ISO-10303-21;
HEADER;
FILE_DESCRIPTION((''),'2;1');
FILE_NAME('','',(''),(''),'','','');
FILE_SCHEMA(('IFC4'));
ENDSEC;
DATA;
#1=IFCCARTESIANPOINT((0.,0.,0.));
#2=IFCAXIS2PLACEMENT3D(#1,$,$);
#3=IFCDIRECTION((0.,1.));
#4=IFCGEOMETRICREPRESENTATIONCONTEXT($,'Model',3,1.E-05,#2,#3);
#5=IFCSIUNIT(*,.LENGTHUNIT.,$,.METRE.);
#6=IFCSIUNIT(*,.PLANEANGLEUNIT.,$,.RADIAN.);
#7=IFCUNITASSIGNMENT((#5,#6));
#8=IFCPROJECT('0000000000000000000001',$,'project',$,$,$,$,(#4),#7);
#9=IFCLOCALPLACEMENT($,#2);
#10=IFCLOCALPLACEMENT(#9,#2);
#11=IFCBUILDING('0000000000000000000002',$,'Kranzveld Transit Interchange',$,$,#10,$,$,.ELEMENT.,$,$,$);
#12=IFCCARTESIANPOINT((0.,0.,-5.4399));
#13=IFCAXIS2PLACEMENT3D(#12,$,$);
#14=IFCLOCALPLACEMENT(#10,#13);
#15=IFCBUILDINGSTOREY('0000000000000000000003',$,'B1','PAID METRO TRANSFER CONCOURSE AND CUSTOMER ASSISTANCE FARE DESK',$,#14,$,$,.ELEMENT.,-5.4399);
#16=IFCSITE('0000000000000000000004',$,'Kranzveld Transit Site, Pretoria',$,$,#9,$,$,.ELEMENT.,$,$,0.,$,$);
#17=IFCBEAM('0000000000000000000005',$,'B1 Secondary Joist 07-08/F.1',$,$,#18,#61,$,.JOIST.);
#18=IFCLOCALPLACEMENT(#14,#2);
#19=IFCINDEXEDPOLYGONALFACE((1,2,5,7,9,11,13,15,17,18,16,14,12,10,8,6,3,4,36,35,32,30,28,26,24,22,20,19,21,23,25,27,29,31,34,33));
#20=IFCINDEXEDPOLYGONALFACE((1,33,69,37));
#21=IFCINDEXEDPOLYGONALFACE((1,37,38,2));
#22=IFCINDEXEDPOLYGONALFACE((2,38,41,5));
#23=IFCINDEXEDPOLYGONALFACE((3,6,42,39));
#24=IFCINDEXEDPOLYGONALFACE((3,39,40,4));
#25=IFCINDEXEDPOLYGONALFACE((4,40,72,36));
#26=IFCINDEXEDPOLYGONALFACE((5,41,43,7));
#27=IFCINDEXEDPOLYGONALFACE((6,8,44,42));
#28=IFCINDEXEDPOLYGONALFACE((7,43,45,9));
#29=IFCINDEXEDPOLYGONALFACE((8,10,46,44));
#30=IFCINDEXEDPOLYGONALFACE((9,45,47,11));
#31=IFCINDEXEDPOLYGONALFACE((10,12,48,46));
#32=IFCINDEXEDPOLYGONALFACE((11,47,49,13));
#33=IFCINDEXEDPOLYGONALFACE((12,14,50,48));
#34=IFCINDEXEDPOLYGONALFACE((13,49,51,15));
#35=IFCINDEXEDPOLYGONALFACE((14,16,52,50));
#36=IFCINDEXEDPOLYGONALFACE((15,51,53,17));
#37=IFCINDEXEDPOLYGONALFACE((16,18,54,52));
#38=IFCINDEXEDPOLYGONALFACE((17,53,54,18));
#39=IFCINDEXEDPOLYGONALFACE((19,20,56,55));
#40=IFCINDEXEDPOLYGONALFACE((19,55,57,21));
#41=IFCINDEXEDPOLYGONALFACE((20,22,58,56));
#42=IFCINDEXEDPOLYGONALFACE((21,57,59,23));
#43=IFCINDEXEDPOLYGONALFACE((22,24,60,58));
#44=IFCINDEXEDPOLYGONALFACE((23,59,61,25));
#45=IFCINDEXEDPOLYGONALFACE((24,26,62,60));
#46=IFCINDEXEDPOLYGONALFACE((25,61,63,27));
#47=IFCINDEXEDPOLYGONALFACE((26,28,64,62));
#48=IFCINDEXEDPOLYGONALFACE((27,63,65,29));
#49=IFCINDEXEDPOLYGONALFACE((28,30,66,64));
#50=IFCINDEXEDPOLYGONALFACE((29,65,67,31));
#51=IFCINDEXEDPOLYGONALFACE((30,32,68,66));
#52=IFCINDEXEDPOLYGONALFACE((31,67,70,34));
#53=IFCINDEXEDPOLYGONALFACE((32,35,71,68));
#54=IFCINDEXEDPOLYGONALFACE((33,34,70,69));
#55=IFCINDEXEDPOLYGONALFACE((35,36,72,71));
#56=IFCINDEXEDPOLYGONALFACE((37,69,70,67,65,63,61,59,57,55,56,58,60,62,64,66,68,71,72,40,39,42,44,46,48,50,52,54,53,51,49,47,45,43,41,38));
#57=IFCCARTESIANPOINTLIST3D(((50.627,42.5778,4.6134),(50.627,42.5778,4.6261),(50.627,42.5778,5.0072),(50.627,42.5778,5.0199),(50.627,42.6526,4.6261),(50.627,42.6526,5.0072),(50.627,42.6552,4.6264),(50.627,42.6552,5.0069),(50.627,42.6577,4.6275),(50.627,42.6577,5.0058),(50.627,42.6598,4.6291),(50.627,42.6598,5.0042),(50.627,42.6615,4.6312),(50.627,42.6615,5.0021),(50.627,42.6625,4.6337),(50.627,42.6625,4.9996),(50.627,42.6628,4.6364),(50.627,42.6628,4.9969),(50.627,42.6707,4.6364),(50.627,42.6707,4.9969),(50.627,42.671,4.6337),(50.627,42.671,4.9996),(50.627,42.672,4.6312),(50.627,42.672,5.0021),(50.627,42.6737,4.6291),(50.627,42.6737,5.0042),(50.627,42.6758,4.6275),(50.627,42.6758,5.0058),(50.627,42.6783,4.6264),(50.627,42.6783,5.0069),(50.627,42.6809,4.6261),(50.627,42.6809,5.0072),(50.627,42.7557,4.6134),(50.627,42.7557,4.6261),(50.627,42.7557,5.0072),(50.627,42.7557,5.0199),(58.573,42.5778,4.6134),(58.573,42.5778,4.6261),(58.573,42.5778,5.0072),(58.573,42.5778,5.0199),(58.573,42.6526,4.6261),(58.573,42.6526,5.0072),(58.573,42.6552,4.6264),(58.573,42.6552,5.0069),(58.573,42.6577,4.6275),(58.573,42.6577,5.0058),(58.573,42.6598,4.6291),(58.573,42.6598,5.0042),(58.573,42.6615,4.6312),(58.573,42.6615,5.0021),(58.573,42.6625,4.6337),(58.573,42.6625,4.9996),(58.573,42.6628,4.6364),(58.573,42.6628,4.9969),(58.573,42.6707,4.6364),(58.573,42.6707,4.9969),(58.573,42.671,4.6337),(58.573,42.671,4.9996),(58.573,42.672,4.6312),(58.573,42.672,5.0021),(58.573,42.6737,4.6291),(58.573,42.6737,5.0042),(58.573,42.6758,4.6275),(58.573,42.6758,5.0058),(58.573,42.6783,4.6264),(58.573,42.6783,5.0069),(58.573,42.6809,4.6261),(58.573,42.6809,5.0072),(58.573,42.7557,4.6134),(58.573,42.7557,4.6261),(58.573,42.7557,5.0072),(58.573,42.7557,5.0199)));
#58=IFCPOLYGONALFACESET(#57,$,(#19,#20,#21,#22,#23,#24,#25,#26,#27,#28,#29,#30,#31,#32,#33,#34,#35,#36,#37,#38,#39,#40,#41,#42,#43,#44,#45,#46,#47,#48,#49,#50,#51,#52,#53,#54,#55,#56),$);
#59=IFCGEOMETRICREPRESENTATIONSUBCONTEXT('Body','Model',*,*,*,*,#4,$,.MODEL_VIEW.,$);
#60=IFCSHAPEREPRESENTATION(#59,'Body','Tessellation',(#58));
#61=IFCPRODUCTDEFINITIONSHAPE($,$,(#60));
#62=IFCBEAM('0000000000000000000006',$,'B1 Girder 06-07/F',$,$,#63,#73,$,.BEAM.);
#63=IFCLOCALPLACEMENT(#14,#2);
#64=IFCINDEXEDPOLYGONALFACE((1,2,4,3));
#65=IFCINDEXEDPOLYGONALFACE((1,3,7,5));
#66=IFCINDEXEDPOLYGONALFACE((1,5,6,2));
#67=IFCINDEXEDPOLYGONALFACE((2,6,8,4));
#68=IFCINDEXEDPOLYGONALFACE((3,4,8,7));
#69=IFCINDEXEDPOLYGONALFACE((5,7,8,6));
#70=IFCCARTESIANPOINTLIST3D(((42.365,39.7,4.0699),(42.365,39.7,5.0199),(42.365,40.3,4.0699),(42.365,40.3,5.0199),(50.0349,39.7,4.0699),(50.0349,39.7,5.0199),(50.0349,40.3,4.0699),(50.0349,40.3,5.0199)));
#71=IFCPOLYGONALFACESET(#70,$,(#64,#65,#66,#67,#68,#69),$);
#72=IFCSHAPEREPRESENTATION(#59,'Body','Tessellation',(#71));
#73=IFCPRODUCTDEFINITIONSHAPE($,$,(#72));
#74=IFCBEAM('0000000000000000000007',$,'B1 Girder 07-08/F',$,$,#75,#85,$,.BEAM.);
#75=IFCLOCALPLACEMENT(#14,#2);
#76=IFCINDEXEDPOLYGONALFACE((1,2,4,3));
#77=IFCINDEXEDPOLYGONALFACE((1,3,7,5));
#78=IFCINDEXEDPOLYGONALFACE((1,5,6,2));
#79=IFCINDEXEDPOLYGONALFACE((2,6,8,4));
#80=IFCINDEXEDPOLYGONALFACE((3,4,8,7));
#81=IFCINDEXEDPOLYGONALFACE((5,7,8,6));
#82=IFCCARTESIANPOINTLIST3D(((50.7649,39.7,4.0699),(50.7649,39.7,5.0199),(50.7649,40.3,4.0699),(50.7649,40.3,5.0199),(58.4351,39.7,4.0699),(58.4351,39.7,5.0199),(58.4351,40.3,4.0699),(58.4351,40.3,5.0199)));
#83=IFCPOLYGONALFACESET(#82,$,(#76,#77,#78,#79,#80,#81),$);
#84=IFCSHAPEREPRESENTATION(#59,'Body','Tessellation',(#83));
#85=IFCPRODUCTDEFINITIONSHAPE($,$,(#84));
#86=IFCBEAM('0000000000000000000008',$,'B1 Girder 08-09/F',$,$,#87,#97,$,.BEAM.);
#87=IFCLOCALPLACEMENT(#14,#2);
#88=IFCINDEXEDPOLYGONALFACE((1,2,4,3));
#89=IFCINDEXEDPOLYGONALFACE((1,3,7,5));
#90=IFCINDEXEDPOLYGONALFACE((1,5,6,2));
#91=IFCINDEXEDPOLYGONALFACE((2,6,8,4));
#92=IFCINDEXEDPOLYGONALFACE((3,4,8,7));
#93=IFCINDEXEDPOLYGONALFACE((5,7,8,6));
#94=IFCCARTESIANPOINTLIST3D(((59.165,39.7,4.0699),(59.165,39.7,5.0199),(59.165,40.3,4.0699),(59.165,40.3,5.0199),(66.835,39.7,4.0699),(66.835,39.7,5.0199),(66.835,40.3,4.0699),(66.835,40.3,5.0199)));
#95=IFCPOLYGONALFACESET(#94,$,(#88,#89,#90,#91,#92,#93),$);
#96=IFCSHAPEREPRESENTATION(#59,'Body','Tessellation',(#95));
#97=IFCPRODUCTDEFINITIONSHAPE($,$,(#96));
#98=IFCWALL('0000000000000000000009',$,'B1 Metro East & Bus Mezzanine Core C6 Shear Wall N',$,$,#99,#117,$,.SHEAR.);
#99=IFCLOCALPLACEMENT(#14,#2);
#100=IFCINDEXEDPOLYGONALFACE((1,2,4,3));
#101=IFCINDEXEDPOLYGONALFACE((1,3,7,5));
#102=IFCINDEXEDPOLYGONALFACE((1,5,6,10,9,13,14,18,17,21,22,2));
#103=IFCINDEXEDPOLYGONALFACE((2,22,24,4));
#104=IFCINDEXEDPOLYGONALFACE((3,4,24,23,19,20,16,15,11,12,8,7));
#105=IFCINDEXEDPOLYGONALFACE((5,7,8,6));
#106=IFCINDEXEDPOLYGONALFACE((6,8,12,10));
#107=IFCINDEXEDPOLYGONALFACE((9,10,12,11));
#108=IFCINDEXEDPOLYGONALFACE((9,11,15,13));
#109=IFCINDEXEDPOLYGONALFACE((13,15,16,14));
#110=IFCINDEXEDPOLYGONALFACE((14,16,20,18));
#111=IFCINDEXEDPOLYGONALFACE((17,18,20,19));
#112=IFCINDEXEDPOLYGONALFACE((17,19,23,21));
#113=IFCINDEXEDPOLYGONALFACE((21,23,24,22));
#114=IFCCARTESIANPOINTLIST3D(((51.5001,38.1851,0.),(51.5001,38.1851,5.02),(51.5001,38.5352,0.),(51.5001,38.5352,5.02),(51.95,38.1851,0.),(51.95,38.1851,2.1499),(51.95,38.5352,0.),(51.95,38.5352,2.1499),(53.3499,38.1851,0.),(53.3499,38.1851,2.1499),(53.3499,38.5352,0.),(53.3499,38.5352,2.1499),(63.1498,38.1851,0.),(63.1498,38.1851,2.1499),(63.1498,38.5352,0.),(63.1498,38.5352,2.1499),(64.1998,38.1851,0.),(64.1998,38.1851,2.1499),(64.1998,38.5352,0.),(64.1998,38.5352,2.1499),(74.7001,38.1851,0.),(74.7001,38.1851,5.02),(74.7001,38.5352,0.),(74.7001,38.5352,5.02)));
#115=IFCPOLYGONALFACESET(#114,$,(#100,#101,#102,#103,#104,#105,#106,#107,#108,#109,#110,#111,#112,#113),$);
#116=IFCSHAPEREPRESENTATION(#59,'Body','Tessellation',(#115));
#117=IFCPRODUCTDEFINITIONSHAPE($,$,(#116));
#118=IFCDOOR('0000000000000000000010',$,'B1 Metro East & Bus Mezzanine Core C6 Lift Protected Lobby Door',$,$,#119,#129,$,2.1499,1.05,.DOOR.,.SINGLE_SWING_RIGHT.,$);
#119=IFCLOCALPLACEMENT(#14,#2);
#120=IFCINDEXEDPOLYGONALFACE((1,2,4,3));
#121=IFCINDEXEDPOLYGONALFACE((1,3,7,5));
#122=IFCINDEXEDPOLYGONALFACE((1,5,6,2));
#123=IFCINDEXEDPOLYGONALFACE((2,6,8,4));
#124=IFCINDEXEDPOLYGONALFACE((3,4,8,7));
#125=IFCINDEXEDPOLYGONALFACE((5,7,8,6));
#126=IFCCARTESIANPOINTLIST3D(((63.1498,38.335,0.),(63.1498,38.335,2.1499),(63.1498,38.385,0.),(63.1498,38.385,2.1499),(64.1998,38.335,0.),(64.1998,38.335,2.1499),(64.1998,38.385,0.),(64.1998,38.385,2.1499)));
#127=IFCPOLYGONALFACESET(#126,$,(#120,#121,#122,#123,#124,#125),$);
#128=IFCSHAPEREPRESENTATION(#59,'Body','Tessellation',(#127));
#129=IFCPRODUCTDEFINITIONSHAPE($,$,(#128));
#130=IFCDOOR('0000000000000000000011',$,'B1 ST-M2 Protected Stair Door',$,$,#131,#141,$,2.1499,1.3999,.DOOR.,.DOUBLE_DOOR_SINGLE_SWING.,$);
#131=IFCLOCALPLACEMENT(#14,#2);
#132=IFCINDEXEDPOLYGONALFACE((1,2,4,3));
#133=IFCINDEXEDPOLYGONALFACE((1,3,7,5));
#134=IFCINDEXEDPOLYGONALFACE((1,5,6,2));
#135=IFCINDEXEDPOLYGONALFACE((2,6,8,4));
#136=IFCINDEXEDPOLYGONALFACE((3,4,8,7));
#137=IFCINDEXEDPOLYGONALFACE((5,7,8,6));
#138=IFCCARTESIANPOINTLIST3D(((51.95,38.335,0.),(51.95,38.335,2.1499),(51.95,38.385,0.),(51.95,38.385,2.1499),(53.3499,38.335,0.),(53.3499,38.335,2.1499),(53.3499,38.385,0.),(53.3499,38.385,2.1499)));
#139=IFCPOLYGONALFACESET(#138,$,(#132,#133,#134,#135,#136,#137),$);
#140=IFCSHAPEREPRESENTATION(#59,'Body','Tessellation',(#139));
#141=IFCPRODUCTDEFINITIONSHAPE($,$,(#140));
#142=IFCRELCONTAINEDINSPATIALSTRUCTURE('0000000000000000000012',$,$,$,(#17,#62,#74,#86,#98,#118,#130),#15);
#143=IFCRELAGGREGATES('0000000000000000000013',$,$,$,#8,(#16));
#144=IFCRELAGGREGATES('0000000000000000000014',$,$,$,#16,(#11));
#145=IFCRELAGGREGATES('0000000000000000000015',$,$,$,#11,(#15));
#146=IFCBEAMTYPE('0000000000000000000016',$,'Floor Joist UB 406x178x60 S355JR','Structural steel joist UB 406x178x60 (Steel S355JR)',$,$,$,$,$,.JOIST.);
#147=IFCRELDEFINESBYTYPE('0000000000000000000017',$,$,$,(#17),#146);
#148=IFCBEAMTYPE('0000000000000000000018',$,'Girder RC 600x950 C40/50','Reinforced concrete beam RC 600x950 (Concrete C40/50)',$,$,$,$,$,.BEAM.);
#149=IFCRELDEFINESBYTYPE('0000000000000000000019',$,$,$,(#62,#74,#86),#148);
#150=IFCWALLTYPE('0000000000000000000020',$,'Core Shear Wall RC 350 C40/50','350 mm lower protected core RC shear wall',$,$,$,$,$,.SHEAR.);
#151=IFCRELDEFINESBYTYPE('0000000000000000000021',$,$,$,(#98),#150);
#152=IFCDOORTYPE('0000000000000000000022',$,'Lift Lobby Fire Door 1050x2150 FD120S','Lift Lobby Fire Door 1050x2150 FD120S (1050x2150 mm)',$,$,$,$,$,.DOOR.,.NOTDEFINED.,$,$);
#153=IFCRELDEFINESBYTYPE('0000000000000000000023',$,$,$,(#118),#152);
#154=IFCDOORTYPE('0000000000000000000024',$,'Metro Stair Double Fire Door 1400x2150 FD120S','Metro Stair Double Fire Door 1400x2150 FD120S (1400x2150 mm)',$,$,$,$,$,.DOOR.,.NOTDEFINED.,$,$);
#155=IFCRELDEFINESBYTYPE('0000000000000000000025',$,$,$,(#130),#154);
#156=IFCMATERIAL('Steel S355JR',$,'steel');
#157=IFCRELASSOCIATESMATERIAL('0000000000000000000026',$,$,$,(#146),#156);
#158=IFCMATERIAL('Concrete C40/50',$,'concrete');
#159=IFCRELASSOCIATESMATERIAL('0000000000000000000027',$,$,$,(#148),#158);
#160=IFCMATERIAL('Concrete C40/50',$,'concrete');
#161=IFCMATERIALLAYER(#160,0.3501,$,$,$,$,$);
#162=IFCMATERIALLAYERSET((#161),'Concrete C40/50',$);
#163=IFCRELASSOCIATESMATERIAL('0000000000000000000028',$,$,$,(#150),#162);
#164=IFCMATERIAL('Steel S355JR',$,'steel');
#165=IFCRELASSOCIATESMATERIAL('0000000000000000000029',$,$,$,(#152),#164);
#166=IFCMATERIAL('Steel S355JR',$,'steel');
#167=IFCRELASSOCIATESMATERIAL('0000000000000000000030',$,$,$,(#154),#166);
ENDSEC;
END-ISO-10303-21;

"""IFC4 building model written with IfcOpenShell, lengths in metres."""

from ifc_helpers import new_model, si_unit, direction, frame, frame_2d, origin, origin_2d, place, context, subcontext, project, spatial, rectangle, i_section, extrude, material, layer, layer_set, material_profile, profile_set, type_object, element, fill, save


model = new_model("IFC4")

# Units and contexts
model_context = context("Model", 3, precision=1e-05, world=origin(), true_north=direction((0.0, 1.0)))
body_context = subcontext(model_context, "Body", "Model", "MODEL_VIEW")
ifc_project = project(units=[si_unit("LENGTHUNIT", "METRE"), si_unit("PLANEANGLEUNIT", "RADIAN")], contexts=[model_context])

# Site, building, storey
site_placement = place(None, origin())
site = spatial("IfcSite", under=ifc_project, at=site_placement, Name="Kranzveld Transit Site, Pretoria", CompositionType="ELEMENT", RefElevation=0.0)
building_placement = place(site_placement, origin())
building = spatial("IfcBuilding", under=site, at=building_placement, Name="Kranzveld Transit Interchange", CompositionType="ELEMENT")
storey_placement = place(building_placement, frame((0.0, 0.0, -5.4399)))
storey = spatial("IfcBuildingStorey", under=building, at=storey_placement, Name="B1", Description="PAID METRO TRANSFER CONCOURSE AND CUSTOMER ASSISTANCE FARE DESK", CompositionType="ELEMENT", Elevation=-5.4399)

# Beams
ifc_material_1 = material(Name="Steel S355JR", Category="steel")
ifc_material_profile_1 = material_profile(ifc_material_1, i_section(OverallWidth=0.178, OverallDepth=0.4065, WebThickness=0.0078, FlangeThickness=0.0127, FilletRadius=0.0103, at=origin_2d()), Name="UB 406x178x60")
ifc_profile_set_1 = profile_set([ifc_material_profile_1], Name="Steel S355JR")
beam_type_1 = type_object("IfcBeamType", Name="Floor Joist UB 406x178x60 S355JR", Description="Structural steel joist UB 406x178x60 (Steel S355JR)", PredefinedType="JOIST", material=ifc_profile_set_1)
for number, where, z_axis, x_axis, name in (
    (1, (50.627, 42.6667, 4.8167), (1.0, 0.0, 0.0), (0.0, 1.0, 0.0), "B1 Secondary Joist 07-08/F.1"),
):
    element("IfcBeam", number, at=place(storey_placement, frame(where, z_axis=z_axis, x_axis=x_axis)), inside=storey, type_object=beam_type_1, Name=name, PredefinedType="JOIST", context=body_context, shape_type="SweptSolid", body=[
        extrude(i_section(OverallWidth=0.178, OverallDepth=0.4065, WebThickness=0.0078, FlangeThickness=0.0127, FilletRadius=0.0103, at=origin_2d()), origin(), (0.0, 0.0, 1.0), 7.946),
    ])
ifc_material_2 = material(Name="Concrete C40/50", Category="concrete")
ifc_material_profile_2 = material_profile(ifc_material_2, rectangle(XDim=0.6001, YDim=0.95, at=origin_2d()), Name="RC 600x950")
ifc_profile_set_2 = profile_set([ifc_material_profile_2], Name="Concrete C40/50")
beam_type_2 = type_object("IfcBeamType", Name="Girder RC 600x950 C40/50", Description="Reinforced concrete beam RC 600x950 (Concrete C40/50)", PredefinedType="BEAM", material=ifc_profile_set_2)
beam_1_placement = place(storey_placement, frame((42.365, 40.0, 4.5449), z_axis=(1.0, 0.0, 0.0), x_axis=(0.0, 1.0, 0.0)))
element("IfcBeam", 2, at=beam_1_placement, inside=storey, type_object=beam_type_2, Name="B1 Girder 06-07/F", PredefinedType="BEAM", context=body_context, shape_type="SweptSolid", body=[
    extrude(rectangle(XDim=0.6001, YDim=0.95, at=origin_2d()), origin(), (0.0, 0.0, 1.0), 7.6699),
])
beam_2_placement = place(storey_placement, frame((50.7649, 40.0, 4.5449), z_axis=(1.0, 0.0, 0.0), x_axis=(0.0, 1.0, 0.0)))
element("IfcBeam", 3, at=beam_2_placement, inside=storey, type_object=beam_type_2, Name="B1 Girder 07-08/F", PredefinedType="BEAM", context=body_context, shape_type="SweptSolid", body=[
    extrude(rectangle(XDim=0.6001, YDim=0.95, at=origin_2d()), origin(), (0.0, 0.0, 1.0), 7.6702),
])
beam_3_placement = place(storey_placement, frame((59.165, 40.0, 4.5449), z_axis=(1.0, 0.0, 0.0), x_axis=(0.0, 1.0, 0.0)))
element("IfcBeam", 4, at=beam_3_placement, inside=storey, type_object=beam_type_2, Name="B1 Girder 08-09/F", PredefinedType="BEAM", context=body_context, shape_type="SweptSolid", body=[
    extrude(rectangle(XDim=0.6001, YDim=0.95, at=origin_2d()), origin(), (0.0, 0.0, 1.0), 7.6699),
])

# Wall, openings, doors
ifc_material_3 = material(Name="Concrete C40/50", Category="concrete")
ifc_layer = layer(ifc_material_3, 0.3501)
ifc_layer_set = layer_set([ifc_layer], Name="Concrete C40/50")
wall_type = type_object("IfcWallType", Name="Core Shear Wall RC 350 C40/50", Description="350 mm lower protected core RC shear wall", PredefinedType="SHEAR", material=ifc_layer_set)
wall_placement = place(storey_placement, frame((51.5, 38.3601, 0.0), z_axis=(0.0, 0.0, 1.0), x_axis=(1.0, 0.0, 0.0)))
wall = element("IfcWall", 5, at=wall_placement, inside=storey, type_object=wall_type, Name="B1 Metro East & Bus Mezzanine Core C6 Shear Wall N", PredefinedType="SHEAR", context=body_context, shape_type="SweptSolid", body=[
    extrude(rectangle(XDim=23.2, YDim=0.3501, at=frame_2d((11.6001, 0.0))), origin(), (0.0, 0.0, 1.0), 5.02),
])
opening_1_placement = place(wall_placement, frame((0.45, 0.0, 0.0), z_axis=(0.0, 0.0, 1.0), x_axis=(1.0, 0.0, 0.0)))
opening_1 = element("IfcOpeningElement", 6, at=opening_1_placement, cuts=wall, PredefinedType="OPENING", context=body_context, shape_type="SweptSolid", body=[
    extrude(rectangle(XDim=1.3999, YDim=2.1499, at=frame_2d((0.7, 1.075))), frame((0.0, 0.1851, 0.0), z_axis=(0.0, -1.0, 0.0), x_axis=(1.0, 0.0, 0.0)), (0.0, 0.0, 1.0), 0.3701),
])
opening_2_placement = place(wall_placement, frame((11.6499, 0.0, 0.0), z_axis=(0.0, 0.0, 1.0), x_axis=(1.0, 0.0, 0.0)))
opening_2 = element("IfcOpeningElement", 7, at=opening_2_placement, cuts=wall, PredefinedType="OPENING", context=body_context, shape_type="SweptSolid", body=[
    extrude(rectangle(XDim=1.05, YDim=2.1499, at=frame_2d((0.5249, 1.075))), frame((0.0, 0.1851, 0.0), z_axis=(0.0, -1.0, 0.0), x_axis=(1.0, 0.0, 0.0)), (0.0, 0.0, 1.0), 0.3701),
])
ifc_material_4 = material(Name="Steel S355JR", Category="steel")
door_type_1 = type_object("IfcDoorType", Name="Lift Lobby Fire Door 1050x2150 FD120S", Description="Lift Lobby Fire Door 1050x2150 FD120S (1050x2150 mm)", OperationType="NOTDEFINED", PredefinedType="DOOR", material=ifc_material_4)
door_1_placement = place(opening_2_placement, origin())
door_1 = element("IfcDoor", 8, at=door_1_placement, inside=storey, type_object=door_type_1, Name="B1 Metro East & Bus Mezzanine Core C6 Lift Protected Lobby Door", OperationType="SINGLE_SWING_RIGHT", OverallHeight=2.1499, OverallWidth=1.05, PredefinedType="DOOR", context=body_context, shape_type="SweptSolid", body=[
    extrude(rectangle(XDim=1.05, YDim=2.1499, at=frame_2d((0.5249, 1.075))), frame((0.0, 0.0249, 0.0), z_axis=(0.0, -1.0, 0.0), x_axis=(1.0, 0.0, 0.0)), (0.0, 0.0, 1.0), 0.05),
])
fill(opening_2, door_1)
ifc_material_5 = material(Name="Steel S355JR", Category="steel")
door_type_2 = type_object("IfcDoorType", Name="Metro Stair Double Fire Door 1400x2150 FD120S", Description="Metro Stair Double Fire Door 1400x2150 FD120S (1400x2150 mm)", OperationType="NOTDEFINED", PredefinedType="DOOR", material=ifc_material_5)
door_2_placement = place(opening_1_placement, origin())
door_2 = element("IfcDoor", 9, at=door_2_placement, inside=storey, type_object=door_type_2, Name="B1 ST-M2 Protected Stair Door", OperationType="DOUBLE_DOOR_SINGLE_SWING", OverallHeight=2.1499, OverallWidth=1.3999, PredefinedType="DOOR", context=body_context, shape_type="SweptSolid", body=[
    extrude(rectangle(XDim=1.3999, YDim=2.1499, at=frame_2d((0.7, 1.075))), frame((0.0, 0.0249, 0.0), z_axis=(0.0, -1.0, 0.0), x_axis=(1.0, 0.0, 0.0)), (0.0, 0.0, 1.0), 0.05),
])
fill(opening_1, door_2)

save(model, "model.ifc")
